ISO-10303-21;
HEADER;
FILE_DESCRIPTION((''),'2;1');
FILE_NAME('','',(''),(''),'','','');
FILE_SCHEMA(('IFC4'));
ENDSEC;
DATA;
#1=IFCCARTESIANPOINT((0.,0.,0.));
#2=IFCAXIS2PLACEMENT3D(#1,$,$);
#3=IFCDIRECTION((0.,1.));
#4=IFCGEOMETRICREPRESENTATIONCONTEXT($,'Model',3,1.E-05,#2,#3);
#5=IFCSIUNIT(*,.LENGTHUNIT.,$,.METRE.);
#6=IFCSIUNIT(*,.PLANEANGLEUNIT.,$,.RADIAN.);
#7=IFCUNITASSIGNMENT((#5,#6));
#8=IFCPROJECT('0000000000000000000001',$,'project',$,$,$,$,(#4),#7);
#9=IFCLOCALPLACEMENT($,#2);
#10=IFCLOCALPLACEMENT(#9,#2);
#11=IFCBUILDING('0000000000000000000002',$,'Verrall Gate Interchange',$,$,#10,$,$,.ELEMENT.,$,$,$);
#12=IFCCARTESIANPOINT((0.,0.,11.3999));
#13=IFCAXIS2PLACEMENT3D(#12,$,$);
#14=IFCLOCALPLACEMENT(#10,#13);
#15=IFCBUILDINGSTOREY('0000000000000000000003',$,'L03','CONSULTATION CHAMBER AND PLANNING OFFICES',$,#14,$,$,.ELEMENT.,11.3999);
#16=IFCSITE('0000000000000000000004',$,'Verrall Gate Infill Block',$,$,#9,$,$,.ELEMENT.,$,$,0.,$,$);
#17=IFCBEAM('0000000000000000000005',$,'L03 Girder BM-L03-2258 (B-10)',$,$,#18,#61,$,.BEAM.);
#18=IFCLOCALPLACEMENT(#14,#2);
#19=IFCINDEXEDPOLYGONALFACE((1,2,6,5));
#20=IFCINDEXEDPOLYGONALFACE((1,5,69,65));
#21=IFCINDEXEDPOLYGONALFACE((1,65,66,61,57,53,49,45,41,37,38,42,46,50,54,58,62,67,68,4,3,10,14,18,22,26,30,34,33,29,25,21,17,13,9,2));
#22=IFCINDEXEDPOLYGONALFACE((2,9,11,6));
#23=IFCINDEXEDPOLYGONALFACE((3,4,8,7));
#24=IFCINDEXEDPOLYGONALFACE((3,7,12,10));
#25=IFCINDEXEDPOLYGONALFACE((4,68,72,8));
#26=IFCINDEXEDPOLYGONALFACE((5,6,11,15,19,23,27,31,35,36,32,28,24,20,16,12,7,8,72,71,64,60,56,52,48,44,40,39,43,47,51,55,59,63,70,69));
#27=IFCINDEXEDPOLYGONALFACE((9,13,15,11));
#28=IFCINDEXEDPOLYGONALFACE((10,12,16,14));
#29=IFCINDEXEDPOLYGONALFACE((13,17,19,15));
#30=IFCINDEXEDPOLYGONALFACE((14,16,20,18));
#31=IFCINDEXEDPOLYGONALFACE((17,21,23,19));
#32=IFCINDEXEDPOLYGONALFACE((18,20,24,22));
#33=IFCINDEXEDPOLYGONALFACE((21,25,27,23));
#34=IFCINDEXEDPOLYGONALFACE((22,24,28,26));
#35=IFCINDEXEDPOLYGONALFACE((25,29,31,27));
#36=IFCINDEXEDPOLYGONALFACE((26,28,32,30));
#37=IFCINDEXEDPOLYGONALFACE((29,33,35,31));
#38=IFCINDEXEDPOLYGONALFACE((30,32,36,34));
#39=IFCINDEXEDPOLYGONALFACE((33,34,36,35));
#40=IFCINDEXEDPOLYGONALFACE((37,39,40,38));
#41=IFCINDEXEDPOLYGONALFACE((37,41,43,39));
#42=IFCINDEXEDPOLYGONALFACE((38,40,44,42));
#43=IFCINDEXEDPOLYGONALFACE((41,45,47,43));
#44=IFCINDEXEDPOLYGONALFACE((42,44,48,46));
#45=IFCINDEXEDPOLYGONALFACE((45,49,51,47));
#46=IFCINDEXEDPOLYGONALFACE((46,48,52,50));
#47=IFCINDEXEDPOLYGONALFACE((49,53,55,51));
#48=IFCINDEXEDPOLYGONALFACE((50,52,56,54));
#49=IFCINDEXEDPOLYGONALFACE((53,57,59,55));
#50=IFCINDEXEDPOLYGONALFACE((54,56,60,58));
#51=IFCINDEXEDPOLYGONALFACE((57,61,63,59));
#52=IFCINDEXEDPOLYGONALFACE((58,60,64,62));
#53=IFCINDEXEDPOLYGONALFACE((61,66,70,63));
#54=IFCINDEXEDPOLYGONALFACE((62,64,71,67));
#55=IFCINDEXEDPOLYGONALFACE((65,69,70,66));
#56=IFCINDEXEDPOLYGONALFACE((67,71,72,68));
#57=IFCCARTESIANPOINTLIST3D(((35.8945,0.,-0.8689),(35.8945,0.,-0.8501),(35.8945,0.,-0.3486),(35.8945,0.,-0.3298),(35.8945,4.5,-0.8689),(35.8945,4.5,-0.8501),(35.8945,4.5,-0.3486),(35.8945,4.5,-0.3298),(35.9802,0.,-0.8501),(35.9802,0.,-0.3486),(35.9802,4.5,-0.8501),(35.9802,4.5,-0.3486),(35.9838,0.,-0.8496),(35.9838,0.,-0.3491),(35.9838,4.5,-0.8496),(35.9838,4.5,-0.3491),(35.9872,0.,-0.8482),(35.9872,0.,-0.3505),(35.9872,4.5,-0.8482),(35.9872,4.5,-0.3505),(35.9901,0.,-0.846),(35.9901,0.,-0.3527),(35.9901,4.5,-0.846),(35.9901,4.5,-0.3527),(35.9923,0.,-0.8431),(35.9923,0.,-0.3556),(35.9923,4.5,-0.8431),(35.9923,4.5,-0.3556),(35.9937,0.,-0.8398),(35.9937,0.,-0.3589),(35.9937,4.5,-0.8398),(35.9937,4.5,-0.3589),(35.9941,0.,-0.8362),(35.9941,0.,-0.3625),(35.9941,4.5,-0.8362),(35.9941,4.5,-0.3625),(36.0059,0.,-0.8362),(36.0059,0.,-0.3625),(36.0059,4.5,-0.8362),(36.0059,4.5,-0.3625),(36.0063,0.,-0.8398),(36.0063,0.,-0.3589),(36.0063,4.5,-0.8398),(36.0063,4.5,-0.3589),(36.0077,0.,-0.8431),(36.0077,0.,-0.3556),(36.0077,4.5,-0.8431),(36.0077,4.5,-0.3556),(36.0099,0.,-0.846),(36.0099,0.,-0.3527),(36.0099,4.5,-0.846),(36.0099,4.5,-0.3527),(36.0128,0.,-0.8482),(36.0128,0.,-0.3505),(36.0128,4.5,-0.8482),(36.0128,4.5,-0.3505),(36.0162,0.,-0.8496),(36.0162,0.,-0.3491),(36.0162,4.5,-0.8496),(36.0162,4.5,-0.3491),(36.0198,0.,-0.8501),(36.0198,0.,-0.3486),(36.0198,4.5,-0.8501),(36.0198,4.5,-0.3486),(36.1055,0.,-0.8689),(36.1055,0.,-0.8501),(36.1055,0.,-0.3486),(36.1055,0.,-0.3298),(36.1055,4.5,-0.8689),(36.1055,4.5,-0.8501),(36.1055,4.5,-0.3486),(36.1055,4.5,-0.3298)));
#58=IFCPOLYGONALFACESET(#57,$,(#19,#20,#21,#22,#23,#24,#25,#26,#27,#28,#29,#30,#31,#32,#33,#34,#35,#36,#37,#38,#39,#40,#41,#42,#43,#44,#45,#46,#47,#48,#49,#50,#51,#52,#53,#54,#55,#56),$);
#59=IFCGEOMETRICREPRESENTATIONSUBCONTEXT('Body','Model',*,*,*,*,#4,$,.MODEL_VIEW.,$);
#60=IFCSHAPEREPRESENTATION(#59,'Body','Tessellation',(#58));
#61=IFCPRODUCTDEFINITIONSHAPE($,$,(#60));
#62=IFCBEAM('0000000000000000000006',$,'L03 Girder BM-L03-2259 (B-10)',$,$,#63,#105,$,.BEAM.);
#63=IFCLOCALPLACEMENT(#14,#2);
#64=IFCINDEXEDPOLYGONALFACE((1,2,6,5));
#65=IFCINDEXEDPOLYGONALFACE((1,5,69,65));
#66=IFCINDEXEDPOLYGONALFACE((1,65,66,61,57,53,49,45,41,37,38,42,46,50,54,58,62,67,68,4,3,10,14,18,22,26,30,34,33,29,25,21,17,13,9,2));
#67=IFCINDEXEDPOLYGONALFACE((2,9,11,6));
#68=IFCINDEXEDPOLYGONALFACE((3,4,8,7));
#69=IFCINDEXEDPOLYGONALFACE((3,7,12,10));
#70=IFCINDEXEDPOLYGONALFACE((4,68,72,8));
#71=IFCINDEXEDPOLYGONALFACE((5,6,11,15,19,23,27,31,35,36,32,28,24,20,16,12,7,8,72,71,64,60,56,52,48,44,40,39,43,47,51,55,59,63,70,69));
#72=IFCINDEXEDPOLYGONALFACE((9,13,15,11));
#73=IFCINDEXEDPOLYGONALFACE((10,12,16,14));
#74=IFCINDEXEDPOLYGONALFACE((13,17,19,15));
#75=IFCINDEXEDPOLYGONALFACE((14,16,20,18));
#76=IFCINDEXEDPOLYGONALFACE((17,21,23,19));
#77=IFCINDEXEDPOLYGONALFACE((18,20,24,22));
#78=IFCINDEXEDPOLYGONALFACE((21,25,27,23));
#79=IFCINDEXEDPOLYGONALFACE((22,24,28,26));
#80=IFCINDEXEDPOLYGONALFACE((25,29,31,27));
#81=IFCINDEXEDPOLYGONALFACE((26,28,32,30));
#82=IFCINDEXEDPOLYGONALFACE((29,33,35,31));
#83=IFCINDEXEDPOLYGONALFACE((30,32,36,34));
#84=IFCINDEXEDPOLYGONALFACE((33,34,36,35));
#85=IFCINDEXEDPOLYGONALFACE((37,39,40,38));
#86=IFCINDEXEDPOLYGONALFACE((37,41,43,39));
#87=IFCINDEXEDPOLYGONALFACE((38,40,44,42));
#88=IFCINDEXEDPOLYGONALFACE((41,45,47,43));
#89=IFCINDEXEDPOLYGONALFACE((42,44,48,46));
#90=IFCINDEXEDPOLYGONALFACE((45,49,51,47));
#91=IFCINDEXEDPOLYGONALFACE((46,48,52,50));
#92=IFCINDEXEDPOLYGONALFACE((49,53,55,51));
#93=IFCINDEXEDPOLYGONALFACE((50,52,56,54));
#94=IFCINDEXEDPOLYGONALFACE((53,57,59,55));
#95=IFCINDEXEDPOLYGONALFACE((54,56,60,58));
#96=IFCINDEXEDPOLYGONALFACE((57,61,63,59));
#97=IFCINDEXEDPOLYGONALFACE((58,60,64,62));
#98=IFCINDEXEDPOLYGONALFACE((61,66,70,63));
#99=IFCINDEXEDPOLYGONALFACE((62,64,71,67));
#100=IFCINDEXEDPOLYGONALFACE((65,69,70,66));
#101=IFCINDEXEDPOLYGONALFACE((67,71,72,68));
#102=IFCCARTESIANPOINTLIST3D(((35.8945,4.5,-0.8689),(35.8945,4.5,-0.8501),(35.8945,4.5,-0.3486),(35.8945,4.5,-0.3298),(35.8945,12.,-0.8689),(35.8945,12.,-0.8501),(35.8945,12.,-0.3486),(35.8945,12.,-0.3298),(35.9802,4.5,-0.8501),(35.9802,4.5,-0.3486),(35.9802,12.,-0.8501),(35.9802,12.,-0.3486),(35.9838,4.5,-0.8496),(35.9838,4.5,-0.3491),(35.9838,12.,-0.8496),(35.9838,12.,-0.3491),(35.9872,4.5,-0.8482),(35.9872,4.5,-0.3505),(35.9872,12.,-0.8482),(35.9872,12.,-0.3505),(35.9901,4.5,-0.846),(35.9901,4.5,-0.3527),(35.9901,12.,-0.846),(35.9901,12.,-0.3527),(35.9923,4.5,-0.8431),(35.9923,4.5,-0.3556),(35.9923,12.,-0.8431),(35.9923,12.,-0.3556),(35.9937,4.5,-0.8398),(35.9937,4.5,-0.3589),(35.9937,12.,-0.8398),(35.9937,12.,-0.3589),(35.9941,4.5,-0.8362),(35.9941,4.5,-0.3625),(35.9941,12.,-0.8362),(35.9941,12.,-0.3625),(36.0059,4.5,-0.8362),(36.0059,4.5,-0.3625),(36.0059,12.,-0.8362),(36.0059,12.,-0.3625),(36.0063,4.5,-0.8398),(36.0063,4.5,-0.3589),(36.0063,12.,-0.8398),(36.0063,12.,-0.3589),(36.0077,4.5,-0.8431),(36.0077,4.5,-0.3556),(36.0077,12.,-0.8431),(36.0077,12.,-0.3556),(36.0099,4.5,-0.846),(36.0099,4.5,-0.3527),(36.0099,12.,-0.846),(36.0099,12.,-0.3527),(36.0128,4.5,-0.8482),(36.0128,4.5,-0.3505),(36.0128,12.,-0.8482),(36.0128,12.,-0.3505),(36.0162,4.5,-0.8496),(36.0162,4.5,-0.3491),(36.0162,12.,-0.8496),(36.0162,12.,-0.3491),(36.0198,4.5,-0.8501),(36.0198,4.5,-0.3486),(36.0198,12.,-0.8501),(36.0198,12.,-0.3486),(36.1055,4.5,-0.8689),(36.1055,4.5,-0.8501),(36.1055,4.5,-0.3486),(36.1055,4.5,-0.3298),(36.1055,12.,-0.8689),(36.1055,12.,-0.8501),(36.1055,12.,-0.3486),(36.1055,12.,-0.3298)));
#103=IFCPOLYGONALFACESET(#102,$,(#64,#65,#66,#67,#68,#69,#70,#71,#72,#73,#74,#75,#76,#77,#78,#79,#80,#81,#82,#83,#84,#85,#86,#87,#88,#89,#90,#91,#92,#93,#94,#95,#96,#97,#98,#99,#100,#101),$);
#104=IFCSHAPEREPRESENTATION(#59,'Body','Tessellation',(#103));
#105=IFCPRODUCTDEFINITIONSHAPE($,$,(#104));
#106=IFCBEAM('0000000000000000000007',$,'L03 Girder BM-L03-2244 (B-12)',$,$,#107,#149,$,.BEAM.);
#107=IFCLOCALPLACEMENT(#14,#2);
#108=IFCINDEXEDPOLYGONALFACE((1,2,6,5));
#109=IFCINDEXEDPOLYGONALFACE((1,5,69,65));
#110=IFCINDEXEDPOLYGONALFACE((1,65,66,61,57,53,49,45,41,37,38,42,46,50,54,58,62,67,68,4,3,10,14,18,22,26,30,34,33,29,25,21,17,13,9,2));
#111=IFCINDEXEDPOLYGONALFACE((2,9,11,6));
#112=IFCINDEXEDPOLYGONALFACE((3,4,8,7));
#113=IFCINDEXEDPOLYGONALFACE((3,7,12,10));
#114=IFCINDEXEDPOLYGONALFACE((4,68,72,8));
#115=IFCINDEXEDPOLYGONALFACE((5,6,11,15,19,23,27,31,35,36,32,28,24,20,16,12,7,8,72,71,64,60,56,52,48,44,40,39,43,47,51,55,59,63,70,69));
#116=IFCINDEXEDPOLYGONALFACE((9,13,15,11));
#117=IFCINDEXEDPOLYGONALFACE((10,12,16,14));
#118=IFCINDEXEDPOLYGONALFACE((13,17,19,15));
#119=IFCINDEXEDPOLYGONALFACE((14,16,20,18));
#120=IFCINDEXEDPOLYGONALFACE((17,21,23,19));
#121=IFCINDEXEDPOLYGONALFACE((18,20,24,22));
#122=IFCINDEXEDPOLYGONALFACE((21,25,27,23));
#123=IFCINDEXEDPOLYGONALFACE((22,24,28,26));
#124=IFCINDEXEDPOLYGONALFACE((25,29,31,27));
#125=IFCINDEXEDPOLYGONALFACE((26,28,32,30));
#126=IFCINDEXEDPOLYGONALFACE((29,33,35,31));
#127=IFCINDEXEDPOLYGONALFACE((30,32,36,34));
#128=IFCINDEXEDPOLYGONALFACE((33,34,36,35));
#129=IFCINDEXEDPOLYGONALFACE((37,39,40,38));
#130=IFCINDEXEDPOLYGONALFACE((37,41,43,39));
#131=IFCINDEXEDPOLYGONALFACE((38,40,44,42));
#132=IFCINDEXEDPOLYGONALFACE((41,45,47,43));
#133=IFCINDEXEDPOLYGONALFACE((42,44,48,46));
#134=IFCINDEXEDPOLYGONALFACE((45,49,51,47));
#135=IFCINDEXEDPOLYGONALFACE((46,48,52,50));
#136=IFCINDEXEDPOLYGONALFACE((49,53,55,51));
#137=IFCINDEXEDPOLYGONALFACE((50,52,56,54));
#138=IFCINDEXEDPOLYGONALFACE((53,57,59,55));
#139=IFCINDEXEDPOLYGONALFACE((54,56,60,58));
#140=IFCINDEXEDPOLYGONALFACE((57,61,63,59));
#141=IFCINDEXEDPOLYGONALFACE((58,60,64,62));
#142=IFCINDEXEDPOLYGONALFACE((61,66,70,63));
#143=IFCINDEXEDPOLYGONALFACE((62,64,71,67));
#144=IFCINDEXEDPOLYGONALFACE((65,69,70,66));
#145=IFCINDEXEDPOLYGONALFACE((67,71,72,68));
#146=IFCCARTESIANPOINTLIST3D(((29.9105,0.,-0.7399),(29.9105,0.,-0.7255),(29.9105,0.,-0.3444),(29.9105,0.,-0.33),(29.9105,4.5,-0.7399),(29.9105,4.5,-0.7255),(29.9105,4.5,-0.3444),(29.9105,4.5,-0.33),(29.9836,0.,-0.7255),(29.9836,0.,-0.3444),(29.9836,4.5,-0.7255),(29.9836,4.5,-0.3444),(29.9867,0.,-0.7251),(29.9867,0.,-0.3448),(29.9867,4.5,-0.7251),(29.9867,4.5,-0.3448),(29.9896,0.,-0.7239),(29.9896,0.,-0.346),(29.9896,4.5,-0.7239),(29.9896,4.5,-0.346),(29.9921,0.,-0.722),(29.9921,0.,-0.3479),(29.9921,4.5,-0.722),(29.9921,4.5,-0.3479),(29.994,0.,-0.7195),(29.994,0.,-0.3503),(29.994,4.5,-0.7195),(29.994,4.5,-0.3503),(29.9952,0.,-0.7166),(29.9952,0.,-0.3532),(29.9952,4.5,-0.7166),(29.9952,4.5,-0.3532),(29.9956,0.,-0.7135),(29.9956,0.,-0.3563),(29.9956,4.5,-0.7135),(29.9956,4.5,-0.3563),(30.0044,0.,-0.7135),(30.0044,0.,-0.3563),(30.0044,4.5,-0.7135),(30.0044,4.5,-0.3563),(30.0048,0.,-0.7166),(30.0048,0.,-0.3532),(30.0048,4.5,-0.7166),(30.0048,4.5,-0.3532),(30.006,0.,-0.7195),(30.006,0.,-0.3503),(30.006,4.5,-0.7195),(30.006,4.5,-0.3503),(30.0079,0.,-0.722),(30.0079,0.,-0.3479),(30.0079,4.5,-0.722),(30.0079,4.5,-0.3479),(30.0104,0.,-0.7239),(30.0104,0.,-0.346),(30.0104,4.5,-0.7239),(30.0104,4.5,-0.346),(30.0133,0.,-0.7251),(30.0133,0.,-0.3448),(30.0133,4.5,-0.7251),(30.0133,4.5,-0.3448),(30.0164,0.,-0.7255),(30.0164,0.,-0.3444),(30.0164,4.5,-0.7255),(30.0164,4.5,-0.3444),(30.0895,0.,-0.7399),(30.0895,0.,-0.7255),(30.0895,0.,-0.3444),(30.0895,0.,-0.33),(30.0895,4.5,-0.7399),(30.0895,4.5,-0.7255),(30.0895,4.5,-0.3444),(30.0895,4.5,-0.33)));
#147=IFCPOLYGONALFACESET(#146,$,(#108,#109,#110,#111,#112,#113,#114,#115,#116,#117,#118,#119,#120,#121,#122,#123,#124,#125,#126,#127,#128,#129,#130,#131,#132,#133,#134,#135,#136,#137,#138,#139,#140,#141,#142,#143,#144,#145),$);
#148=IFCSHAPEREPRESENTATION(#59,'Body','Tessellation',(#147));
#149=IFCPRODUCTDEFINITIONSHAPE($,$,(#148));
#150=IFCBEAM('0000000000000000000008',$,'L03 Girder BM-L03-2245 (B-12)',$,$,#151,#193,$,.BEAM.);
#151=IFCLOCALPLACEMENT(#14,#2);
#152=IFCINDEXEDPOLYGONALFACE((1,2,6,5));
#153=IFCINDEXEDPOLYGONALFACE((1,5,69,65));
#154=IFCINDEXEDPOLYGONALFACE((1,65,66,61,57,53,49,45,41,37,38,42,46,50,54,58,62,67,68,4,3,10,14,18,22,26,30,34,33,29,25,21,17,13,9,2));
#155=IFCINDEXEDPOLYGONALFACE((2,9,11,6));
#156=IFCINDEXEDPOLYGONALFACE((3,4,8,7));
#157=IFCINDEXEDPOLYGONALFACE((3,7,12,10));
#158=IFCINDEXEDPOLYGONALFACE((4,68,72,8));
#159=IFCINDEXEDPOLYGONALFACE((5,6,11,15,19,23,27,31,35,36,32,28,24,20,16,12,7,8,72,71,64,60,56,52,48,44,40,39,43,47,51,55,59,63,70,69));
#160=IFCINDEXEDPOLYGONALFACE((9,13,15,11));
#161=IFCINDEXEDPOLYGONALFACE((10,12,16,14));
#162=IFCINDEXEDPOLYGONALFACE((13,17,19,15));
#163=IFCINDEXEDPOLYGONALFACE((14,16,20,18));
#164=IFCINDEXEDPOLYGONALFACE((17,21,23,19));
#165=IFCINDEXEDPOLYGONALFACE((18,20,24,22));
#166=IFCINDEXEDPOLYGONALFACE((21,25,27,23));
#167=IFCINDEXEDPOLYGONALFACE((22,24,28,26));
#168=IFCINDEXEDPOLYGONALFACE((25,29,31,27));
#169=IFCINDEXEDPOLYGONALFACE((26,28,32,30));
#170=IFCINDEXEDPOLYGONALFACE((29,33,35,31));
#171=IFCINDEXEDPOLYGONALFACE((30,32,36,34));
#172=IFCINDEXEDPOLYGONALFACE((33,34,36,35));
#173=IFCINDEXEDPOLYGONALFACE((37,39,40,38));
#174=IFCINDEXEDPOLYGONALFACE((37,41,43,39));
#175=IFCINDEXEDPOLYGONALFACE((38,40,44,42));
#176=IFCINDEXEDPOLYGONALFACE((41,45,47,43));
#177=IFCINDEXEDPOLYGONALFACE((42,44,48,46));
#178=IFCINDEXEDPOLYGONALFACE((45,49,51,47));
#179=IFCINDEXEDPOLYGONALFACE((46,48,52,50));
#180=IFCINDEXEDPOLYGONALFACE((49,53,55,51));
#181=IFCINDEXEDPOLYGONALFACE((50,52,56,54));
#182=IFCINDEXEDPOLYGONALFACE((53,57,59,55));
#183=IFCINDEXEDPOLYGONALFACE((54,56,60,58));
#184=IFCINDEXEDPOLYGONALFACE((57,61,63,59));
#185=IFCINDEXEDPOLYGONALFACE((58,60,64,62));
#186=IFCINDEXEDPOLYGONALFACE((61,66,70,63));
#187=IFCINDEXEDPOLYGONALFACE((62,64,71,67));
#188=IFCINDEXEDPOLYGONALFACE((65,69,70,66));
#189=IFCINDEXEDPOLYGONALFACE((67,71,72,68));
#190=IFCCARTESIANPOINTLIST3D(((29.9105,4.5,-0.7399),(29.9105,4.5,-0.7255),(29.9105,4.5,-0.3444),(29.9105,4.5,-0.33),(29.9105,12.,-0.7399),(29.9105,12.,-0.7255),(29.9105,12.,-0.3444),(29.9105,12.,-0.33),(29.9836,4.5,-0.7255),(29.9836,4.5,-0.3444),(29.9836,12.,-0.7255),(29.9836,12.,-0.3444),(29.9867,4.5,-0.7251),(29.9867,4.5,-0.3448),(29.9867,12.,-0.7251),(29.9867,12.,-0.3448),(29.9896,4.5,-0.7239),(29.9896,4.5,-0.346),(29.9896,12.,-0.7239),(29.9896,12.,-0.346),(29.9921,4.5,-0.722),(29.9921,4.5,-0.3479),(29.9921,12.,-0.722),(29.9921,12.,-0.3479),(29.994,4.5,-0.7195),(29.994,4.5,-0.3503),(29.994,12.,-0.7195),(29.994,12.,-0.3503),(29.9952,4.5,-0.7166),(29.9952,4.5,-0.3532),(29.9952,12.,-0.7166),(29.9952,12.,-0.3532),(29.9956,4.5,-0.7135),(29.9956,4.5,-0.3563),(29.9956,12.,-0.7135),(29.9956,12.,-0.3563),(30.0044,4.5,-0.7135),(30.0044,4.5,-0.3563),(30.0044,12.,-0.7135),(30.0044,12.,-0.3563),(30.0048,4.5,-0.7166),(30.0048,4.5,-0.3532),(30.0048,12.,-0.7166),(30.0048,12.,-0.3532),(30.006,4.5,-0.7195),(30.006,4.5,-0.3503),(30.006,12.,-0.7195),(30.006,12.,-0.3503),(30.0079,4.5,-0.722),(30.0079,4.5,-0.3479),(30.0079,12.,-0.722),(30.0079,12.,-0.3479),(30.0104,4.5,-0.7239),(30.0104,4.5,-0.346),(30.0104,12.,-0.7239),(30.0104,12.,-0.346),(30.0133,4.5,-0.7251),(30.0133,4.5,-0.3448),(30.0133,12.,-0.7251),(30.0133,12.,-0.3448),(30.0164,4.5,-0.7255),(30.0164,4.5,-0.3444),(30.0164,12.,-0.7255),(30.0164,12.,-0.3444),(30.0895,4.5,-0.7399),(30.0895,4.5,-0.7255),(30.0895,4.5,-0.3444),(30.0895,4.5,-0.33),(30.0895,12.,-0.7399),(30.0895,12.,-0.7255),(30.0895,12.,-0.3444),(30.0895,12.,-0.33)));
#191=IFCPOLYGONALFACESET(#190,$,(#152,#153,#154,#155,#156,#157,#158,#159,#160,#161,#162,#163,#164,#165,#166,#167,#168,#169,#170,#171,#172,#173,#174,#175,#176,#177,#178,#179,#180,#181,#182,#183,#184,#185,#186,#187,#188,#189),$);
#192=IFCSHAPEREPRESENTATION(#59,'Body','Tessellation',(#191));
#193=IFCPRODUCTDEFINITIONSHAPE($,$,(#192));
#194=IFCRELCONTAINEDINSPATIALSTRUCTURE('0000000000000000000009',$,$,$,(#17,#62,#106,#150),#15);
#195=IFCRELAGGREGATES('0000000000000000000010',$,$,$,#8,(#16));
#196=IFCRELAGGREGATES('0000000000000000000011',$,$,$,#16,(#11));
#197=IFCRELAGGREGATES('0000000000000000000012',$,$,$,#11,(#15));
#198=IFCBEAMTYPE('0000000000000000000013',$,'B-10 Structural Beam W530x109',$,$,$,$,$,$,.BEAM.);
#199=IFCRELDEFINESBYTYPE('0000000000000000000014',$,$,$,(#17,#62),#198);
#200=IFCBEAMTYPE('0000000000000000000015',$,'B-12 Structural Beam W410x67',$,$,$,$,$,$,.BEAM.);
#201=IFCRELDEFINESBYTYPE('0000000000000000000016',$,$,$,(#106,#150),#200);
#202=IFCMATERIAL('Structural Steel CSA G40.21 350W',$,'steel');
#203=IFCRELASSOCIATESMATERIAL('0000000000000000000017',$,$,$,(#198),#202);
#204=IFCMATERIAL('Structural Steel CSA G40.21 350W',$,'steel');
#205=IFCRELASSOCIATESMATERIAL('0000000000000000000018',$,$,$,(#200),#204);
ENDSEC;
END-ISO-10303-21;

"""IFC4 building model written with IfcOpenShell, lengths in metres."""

from ifc_helpers import new_model, si_unit, direction, frame, origin, origin_2d, place, context, subcontext, project, spatial, i_section, extrude, material, material_profile, profile_set, type_object, element, save


model = new_model("IFC4")

# Units and contexts
model_context = context("Model", 3, precision=1e-05, world=origin(), true_north=direction((0.0, 1.0)))
body_context = subcontext(model_context, "Body", "Model", "MODEL_VIEW")
ifc_project = project(units=[si_unit("LENGTHUNIT", "METRE"), si_unit("PLANEANGLEUNIT", "RADIAN")], contexts=[model_context])

# Site, building, storey
site_placement = place(None, origin())
site = spatial("IfcSite", under=ifc_project, at=site_placement, Name="Verrall Gate Infill Block", CompositionType="ELEMENT", RefElevation=0.0)
building_placement = place(site_placement, origin())
building = spatial("IfcBuilding", under=site, at=building_placement, Name="Verrall Gate Interchange", CompositionType="ELEMENT")
storey_placement = place(building_placement, frame((0.0, 0.0, 11.3999)))
storey = spatial("IfcBuildingStorey", under=building, at=storey_placement, Name="L03", Description="CONSULTATION CHAMBER AND PLANNING OFFICES", CompositionType="ELEMENT", Elevation=11.3999)

# Beams
ifc_material_1 = material(Name="Structural Steel CSA G40.21 350W", Category="steel")
ifc_material_profile_1 = material_profile(ifc_material_1, i_section(OverallWidth=0.2109, OverallDepth=0.5391, WebThickness=0.0117, FlangeThickness=0.0188, FilletRadius=0.0139, at=origin_2d()), Name="W530x109")
ifc_profile_set_1 = profile_set([ifc_material_profile_1], Name="Structural Steel CSA G40.21 350W")
beam_type_1 = type_object("IfcBeamType", Name="B-10 Structural Beam W530x109", PredefinedType="BEAM", material=ifc_profile_set_1)
beam_1_placement = place(storey_placement, frame((36.0, 0.0, -0.5994), z_axis=(0.0, 1.0, 0.0), x_axis=(-1.0, 0.0, 0.0)))
element("IfcBeam", 1, at=beam_1_placement, inside=storey, type_object=beam_type_1, Name="L03 Girder BM-L03-2258 (B-10)", PredefinedType="BEAM", context=body_context, shape_type="SweptSolid", body=[
    extrude(i_section(OverallWidth=0.2109, OverallDepth=0.5391, WebThickness=0.0117, FlangeThickness=0.0188, FilletRadius=0.0139, at=origin_2d()), origin(), (0.0, 0.0, 1.0), 4.5),
])
beam_2_placement = place(storey_placement, frame((36.0, 4.5, -0.5994), z_axis=(0.0, 1.0, 0.0), x_axis=(-1.0, 0.0, 0.0)))
element("IfcBeam", 2, at=beam_2_placement, inside=storey, type_object=beam_type_1, Name="L03 Girder BM-L03-2259 (B-10)", PredefinedType="BEAM", context=body_context, shape_type="SweptSolid", body=[
    extrude(i_section(OverallWidth=0.2109, OverallDepth=0.5391, WebThickness=0.0117, FlangeThickness=0.0188, FilletRadius=0.0139, at=origin_2d()), origin(), (0.0, 0.0, 1.0), 7.5),
])
ifc_material_2 = material(Name="Structural Steel CSA G40.21 350W", Category="steel")
ifc_material_profile_2 = material_profile(ifc_material_2, i_section(OverallWidth=0.179, OverallDepth=0.4099, WebThickness=0.0088, FlangeThickness=0.0144, FilletRadius=0.012, at=origin_2d()), Name="W410x67")
ifc_profile_set_2 = profile_set([ifc_material_profile_2], Name="Structural Steel CSA G40.21 350W")
beam_type_2 = type_object("IfcBeamType", Name="B-12 Structural Beam W410x67", PredefinedType="BEAM", material=ifc_profile_set_2)
beam_3_placement = place(storey_placement, frame((30.0, 0.0, -0.5349), z_axis=(0.0, 1.0, 0.0), x_axis=(-1.0, 0.0, 0.0)))
element("IfcBeam", 3, at=beam_3_placement, inside=storey, type_object=beam_type_2, Name="L03 Girder BM-L03-2244 (B-12)", PredefinedType="BEAM", context=body_context, shape_type="SweptSolid", body=[
    extrude(i_section(OverallWidth=0.179, OverallDepth=0.4099, WebThickness=0.0088, FlangeThickness=0.0144, FilletRadius=0.012, at=origin_2d()), origin(), (0.0, 0.0, 1.0), 4.5),
])
beam_4_placement = place(storey_placement, frame((30.0, 4.5, -0.5349), z_axis=(0.0, 1.0, 0.0), x_axis=(-1.0, 0.0, 0.0)))
element("IfcBeam", 4, at=beam_4_placement, inside=storey, type_object=beam_type_2, Name="L03 Girder BM-L03-2245 (B-12)", PredefinedType="BEAM", context=body_context, shape_type="SweptSolid", body=[
    extrude(i_section(OverallWidth=0.179, OverallDepth=0.4099, WebThickness=0.0088, FlangeThickness=0.0144, FilletRadius=0.012, at=origin_2d()), origin(), (0.0, 0.0, 1.0), 7.5),
])

save(model, "model.ifc")
